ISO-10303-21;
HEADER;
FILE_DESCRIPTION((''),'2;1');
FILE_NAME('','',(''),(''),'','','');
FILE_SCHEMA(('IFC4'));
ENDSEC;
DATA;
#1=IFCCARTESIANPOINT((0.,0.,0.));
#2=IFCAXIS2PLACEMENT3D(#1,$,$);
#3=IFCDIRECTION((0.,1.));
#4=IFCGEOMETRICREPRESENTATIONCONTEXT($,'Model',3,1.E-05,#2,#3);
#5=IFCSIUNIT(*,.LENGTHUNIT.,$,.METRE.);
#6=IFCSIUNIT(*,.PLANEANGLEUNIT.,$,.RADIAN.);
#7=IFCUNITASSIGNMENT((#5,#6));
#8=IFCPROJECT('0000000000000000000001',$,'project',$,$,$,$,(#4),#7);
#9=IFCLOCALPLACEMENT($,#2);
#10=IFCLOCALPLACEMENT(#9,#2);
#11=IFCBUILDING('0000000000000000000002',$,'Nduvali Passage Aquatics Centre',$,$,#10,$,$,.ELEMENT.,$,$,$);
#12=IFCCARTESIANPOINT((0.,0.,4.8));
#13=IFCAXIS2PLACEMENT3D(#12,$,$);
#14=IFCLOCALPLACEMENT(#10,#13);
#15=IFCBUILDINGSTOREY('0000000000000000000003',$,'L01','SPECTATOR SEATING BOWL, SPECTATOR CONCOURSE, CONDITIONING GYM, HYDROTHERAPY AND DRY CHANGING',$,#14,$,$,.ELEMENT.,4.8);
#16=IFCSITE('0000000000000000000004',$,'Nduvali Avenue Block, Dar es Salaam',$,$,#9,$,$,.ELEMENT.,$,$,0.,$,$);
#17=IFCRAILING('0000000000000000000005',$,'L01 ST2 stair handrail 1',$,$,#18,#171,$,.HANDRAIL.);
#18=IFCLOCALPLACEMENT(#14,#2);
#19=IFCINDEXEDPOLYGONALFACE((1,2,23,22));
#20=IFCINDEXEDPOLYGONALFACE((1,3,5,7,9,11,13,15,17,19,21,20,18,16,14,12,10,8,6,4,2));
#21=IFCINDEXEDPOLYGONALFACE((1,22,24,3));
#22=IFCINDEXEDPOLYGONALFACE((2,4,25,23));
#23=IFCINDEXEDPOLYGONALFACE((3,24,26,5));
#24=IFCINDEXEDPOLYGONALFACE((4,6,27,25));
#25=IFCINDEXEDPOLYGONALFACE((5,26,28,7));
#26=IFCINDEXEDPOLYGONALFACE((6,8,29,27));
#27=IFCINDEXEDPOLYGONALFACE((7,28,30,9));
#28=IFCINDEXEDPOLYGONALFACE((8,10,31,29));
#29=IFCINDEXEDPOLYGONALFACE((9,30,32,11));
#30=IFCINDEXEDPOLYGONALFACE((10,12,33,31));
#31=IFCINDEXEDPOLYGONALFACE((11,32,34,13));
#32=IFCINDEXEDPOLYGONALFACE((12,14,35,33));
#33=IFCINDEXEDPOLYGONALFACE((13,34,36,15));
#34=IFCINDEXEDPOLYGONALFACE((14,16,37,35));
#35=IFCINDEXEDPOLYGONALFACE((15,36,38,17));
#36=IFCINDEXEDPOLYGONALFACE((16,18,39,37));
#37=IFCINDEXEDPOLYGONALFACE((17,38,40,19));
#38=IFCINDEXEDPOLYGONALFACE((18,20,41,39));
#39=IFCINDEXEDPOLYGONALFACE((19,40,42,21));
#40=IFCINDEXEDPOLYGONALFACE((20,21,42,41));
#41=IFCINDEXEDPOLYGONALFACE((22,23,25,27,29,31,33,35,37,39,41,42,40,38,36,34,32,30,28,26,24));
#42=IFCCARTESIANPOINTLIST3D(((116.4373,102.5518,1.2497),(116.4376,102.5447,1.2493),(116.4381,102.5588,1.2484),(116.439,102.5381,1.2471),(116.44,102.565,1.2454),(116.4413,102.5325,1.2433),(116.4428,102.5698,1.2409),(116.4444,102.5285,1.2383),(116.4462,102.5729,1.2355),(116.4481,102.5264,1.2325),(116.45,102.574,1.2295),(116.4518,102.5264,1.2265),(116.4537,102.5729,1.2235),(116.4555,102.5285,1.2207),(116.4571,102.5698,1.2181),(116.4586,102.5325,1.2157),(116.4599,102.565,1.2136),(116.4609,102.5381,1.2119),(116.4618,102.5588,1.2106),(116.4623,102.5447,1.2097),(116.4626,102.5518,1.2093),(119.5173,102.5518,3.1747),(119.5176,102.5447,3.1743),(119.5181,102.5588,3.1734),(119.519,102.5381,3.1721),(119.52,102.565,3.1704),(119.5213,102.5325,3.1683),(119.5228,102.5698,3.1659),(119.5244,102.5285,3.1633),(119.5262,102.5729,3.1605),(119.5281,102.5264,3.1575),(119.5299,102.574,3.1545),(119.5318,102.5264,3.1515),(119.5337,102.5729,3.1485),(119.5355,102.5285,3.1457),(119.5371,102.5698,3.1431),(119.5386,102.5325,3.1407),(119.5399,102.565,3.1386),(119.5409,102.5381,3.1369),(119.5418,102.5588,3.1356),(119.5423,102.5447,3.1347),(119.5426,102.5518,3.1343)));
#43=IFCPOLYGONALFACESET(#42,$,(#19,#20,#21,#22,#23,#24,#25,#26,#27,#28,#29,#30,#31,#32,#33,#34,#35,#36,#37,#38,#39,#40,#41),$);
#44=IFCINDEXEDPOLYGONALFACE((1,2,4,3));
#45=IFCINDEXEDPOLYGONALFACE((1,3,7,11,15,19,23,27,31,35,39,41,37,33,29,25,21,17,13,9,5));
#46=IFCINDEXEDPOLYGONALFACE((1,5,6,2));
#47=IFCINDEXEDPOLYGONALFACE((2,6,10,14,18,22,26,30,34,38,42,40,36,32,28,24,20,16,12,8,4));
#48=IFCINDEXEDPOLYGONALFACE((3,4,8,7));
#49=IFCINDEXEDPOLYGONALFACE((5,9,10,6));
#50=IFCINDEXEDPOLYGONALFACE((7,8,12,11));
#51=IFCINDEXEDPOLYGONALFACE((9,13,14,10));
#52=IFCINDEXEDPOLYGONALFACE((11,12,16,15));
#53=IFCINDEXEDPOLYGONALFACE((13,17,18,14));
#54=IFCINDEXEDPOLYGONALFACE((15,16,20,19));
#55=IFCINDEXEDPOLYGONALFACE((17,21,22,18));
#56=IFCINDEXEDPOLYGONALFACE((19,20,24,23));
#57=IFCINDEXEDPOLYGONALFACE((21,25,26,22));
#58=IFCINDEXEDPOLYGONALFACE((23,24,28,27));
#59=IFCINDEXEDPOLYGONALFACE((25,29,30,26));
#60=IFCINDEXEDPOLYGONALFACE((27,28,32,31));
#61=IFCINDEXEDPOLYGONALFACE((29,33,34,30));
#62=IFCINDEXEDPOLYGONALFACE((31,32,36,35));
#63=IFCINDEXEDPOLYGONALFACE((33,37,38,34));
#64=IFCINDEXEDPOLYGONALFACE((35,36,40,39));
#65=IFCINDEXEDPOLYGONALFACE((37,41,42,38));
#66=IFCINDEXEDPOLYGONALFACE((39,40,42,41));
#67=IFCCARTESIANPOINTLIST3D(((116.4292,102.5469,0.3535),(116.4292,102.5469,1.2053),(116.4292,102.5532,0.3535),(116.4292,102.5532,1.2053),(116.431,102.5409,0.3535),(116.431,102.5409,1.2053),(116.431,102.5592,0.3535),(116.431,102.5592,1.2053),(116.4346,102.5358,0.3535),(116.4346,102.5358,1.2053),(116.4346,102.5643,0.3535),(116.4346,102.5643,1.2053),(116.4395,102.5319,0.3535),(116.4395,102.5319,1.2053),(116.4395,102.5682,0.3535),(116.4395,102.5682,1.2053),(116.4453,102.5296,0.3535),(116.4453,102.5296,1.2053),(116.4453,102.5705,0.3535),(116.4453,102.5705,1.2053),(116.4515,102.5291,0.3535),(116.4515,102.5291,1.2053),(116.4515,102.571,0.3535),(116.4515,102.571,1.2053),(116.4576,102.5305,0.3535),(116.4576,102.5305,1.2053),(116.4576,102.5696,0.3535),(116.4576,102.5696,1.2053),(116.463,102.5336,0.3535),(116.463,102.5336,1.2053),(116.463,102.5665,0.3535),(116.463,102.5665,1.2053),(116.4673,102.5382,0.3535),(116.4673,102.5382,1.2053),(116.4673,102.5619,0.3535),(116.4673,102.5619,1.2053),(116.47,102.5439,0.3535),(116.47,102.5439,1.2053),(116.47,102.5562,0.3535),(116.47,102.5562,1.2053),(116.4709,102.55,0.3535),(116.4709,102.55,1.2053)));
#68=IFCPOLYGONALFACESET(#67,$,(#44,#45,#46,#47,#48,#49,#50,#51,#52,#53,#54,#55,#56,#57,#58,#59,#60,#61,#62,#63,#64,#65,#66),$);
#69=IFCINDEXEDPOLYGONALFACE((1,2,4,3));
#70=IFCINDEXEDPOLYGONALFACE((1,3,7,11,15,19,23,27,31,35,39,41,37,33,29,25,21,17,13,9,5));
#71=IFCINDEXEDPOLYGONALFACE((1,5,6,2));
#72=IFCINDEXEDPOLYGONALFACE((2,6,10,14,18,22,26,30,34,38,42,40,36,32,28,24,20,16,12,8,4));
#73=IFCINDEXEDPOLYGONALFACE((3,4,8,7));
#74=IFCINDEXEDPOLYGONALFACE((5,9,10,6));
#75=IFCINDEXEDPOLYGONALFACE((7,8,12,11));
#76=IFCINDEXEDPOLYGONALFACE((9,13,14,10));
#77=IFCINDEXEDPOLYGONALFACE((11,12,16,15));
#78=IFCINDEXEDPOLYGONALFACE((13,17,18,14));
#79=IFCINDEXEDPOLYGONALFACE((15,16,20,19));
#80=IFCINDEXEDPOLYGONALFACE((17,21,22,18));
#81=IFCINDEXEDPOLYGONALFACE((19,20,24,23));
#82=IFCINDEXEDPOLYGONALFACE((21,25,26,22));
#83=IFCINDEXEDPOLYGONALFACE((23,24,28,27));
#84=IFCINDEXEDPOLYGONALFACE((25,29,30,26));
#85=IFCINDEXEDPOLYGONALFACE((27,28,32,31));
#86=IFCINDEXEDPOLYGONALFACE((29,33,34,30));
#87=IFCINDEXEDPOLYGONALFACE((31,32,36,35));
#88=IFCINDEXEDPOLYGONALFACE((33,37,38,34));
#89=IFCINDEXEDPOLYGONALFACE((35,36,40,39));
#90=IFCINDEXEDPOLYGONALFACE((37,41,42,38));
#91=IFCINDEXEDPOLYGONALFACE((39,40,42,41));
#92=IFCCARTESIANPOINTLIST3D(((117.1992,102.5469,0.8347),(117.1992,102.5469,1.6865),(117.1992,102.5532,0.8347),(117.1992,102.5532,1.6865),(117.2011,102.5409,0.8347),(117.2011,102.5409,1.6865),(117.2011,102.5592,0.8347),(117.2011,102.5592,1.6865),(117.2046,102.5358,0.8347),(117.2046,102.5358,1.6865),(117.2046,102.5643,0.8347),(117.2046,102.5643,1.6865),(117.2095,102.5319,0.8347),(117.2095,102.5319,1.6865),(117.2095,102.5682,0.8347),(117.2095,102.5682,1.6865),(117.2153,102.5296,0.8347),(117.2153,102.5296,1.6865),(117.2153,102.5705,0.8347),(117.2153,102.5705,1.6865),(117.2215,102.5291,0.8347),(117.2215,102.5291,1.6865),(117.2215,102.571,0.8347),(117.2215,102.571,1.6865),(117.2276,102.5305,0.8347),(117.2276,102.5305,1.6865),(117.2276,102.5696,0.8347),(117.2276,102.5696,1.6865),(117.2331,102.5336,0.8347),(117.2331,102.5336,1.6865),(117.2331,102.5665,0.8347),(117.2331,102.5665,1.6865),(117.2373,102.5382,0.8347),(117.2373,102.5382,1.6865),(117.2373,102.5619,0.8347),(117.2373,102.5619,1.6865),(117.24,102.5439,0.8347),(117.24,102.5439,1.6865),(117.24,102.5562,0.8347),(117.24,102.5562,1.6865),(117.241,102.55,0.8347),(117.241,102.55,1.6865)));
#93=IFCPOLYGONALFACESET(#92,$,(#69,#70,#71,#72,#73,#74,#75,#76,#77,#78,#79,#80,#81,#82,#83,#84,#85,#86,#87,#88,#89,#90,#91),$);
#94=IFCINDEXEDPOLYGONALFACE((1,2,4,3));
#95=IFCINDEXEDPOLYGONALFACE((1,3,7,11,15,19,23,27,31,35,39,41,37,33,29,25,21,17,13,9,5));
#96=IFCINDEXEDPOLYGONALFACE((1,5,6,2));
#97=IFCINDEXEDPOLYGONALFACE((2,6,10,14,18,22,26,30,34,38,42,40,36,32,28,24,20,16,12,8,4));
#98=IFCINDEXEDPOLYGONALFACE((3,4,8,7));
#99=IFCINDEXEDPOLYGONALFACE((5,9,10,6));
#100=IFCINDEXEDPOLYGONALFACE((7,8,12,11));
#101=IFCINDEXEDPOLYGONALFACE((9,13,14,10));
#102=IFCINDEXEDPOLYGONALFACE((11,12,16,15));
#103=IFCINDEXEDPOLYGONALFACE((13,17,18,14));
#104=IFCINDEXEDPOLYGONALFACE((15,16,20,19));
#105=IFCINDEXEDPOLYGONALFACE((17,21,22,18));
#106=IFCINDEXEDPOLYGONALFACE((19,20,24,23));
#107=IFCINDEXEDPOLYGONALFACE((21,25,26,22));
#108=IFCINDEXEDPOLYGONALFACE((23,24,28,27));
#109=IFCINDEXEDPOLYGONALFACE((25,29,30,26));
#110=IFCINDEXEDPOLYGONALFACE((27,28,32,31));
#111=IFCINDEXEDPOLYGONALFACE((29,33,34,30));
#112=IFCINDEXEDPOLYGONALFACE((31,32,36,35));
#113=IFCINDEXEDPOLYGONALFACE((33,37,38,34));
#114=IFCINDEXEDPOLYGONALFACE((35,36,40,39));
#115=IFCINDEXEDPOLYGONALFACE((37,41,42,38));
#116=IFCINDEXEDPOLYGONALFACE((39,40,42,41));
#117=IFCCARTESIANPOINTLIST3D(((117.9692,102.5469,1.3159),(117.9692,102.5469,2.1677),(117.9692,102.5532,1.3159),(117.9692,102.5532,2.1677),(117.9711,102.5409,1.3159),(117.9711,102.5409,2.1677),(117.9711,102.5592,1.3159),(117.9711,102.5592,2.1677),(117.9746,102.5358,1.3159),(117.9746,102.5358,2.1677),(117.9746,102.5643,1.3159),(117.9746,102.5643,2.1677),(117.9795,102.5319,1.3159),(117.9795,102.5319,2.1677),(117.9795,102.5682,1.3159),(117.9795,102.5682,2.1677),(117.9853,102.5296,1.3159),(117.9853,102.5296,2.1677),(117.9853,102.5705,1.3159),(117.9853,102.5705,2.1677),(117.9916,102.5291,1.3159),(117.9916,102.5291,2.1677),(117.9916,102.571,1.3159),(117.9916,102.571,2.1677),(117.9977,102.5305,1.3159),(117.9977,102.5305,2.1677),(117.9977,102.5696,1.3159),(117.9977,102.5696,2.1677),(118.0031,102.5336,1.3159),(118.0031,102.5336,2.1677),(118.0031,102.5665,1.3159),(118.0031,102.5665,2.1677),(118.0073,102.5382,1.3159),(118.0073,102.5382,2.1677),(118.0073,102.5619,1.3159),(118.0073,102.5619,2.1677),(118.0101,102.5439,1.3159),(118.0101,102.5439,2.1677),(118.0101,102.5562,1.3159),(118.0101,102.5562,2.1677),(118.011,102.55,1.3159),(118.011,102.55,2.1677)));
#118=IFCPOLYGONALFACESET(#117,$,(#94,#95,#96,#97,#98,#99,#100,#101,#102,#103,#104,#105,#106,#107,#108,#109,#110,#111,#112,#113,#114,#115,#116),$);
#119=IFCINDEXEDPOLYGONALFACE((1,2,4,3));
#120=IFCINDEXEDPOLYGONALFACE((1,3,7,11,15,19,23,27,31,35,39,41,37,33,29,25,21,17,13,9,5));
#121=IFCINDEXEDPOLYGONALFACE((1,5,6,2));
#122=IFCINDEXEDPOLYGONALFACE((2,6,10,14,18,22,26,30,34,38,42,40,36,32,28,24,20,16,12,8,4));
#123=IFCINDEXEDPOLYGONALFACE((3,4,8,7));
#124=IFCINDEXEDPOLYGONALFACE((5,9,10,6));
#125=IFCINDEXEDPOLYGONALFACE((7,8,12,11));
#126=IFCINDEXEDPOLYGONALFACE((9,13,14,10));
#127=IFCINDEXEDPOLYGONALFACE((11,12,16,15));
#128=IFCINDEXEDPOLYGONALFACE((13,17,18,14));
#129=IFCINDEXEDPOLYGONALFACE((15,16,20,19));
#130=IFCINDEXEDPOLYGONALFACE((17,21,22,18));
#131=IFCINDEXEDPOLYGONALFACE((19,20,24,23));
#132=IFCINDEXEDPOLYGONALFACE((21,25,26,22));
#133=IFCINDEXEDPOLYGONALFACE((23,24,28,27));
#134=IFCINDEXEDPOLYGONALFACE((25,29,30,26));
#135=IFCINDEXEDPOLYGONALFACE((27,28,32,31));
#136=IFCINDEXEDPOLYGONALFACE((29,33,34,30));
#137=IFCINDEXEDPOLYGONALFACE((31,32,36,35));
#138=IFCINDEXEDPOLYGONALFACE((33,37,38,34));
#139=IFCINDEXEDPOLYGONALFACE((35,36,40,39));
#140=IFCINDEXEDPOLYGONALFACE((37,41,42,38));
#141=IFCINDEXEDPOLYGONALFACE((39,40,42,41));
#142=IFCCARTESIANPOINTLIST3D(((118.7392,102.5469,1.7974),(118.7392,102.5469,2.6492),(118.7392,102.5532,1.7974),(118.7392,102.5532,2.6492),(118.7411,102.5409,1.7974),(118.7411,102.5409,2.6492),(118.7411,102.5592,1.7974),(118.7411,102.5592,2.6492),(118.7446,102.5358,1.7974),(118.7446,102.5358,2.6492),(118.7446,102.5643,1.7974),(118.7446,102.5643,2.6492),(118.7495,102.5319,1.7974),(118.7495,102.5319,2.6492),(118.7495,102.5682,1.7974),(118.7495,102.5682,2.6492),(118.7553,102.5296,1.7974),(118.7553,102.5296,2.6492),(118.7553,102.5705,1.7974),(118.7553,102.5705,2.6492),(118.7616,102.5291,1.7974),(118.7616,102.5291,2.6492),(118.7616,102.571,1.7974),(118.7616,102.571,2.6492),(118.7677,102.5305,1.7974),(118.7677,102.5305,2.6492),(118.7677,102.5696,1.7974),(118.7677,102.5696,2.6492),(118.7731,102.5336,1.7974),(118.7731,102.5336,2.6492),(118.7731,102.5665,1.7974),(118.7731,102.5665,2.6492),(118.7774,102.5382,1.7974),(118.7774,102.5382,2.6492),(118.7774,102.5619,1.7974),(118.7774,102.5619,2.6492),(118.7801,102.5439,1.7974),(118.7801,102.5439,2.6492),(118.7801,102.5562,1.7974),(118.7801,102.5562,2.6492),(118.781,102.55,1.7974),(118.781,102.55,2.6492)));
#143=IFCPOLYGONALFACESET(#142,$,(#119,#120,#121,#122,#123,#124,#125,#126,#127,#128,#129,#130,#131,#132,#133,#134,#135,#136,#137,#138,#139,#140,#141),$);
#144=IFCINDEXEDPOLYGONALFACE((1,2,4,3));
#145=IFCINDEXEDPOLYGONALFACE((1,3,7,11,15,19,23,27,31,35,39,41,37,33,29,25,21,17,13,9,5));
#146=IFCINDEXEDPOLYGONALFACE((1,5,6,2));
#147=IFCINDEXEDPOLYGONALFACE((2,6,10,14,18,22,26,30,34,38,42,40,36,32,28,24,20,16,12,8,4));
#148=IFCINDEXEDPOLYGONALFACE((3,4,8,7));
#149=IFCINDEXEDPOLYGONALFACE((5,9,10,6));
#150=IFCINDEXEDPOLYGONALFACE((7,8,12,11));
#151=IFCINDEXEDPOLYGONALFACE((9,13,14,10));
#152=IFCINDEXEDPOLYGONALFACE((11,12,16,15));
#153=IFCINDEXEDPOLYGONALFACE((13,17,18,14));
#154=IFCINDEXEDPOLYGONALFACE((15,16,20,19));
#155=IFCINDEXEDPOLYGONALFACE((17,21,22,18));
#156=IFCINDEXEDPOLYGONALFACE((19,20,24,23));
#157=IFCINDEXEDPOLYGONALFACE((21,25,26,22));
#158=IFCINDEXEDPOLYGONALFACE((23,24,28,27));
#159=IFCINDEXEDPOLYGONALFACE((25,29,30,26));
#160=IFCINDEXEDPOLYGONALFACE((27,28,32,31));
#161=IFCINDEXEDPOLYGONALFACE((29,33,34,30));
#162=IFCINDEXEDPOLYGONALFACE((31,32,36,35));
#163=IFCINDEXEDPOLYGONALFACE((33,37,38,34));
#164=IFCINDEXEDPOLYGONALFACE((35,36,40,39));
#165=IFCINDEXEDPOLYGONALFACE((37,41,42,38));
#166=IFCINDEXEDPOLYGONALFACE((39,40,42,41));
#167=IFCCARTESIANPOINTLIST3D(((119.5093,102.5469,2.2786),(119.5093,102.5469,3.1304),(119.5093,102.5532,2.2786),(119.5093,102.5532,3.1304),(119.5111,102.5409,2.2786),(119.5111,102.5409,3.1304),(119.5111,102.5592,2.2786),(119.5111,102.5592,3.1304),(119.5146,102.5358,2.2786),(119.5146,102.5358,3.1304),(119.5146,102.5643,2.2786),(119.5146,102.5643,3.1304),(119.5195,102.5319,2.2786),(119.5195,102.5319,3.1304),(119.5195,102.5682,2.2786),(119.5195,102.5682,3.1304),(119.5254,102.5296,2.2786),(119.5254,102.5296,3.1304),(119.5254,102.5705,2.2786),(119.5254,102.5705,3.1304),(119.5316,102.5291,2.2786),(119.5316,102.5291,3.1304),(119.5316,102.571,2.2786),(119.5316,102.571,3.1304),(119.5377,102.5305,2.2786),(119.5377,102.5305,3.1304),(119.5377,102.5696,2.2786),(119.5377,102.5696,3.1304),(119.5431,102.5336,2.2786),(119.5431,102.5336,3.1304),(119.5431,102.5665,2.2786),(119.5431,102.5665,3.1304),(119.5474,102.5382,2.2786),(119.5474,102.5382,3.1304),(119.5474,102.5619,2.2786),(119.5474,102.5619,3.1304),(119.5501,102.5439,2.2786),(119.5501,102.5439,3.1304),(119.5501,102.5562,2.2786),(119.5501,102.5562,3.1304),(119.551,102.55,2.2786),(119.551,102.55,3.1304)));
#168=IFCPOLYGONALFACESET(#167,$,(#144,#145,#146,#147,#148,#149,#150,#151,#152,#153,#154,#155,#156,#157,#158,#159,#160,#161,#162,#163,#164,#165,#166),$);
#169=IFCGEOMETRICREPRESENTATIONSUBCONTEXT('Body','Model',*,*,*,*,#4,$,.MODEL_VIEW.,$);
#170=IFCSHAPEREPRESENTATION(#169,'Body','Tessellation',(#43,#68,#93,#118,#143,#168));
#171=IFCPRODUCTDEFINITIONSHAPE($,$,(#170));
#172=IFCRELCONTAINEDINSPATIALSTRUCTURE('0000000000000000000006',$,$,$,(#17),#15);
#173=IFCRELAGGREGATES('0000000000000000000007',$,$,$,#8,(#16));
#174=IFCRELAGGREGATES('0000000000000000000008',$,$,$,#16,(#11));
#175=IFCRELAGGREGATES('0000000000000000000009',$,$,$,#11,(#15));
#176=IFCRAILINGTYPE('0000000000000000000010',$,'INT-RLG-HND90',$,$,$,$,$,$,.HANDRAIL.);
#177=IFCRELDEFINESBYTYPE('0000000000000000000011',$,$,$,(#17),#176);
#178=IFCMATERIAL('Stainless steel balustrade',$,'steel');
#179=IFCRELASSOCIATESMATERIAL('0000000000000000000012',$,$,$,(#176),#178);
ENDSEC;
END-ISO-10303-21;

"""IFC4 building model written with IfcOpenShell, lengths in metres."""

from ifc_helpers import new_model, si_unit, direction, frame, origin, origin_2d, place, context, subcontext, project, spatial, circle, extrude, material, type_object, element, save


model = new_model("IFC4")

# Units and contexts
model_context = context("Model", 3, precision=1e-05, world=origin(), true_north=direction((0.0, 1.0)))
body_context = subcontext(model_context, "Body", "Model", "MODEL_VIEW")
ifc_project = project(units=[si_unit("LENGTHUNIT", "METRE"), si_unit("PLANEANGLEUNIT", "RADIAN")], contexts=[model_context])

# Site, building, storey
site_placement = place(None, origin())
site = spatial("IfcSite", under=ifc_project, at=site_placement, Name="Nduvali Avenue Block, Dar es Salaam", CompositionType="ELEMENT", RefElevation=0.0)
building_placement = place(site_placement, origin())
building = spatial("IfcBuilding", under=site, at=building_placement, Name="Nduvali Passage Aquatics Centre", CompositionType="ELEMENT")
storey_placement = place(building_placement, frame((0.0, 0.0, 4.8)))
storey = spatial("IfcBuildingStorey", under=building, at=storey_placement, Name="L01", Description="SPECTATOR SEATING BOWL, SPECTATOR CONCOURSE, CONDITIONING GYM, HYDROTHERAPY AND DRY CHANGING", CompositionType="ELEMENT", Elevation=4.8)

# Railing
ifc_material_1 = material(Name="Stainless steel balustrade", Category="steel")
railing_type_1 = type_object("IfcRailingType", Name="INT-RLG-HND90", PredefinedType="HANDRAIL", material=ifc_material_1)
railing_1_placement = place(storey_placement, frame((116.45, 102.55, 0.3535)))
element("IfcRailing", 1, at=railing_1_placement, inside=storey, type_object=railing_type_1, Name="L01 ST2 stair handrail 1", PredefinedType="HANDRAIL", context=body_context, shape_type="SweptSolid", body=[
    extrude(circle(Radius=0.0239, at=origin_2d()), frame((0.0, 0.0, 0.876), z_axis=(0.847998, 0.0, 0.529999), x_axis=(0.0, 1.0, 0.0)), (0.0, 0.0, 1.0), 3.6321),
    extrude(circle(Radius=0.021, at=origin_2d()), origin(), (0.0, 0.0, 1.0), 0.8518),
    extrude(circle(Radius=0.021, at=origin_2d()), frame((0.77, 0.0, 0.4812)), (0.0, 0.0, 1.0), 0.8518),
    extrude(circle(Radius=0.021, at=origin_2d()), frame((1.54, 0.0, 0.9624)), (0.0, 0.0, 1.0), 0.8518),
    extrude(circle(Radius=0.021, at=origin_2d()), frame((2.3101, 0.0, 1.4438)), (0.0, 0.0, 1.0), 0.8518),
    extrude(circle(Radius=0.021, at=origin_2d()), frame((3.0801, 0.0, 1.925)), (0.0, 0.0, 1.0), 0.8518),
])

save(model, "model.ifc")
